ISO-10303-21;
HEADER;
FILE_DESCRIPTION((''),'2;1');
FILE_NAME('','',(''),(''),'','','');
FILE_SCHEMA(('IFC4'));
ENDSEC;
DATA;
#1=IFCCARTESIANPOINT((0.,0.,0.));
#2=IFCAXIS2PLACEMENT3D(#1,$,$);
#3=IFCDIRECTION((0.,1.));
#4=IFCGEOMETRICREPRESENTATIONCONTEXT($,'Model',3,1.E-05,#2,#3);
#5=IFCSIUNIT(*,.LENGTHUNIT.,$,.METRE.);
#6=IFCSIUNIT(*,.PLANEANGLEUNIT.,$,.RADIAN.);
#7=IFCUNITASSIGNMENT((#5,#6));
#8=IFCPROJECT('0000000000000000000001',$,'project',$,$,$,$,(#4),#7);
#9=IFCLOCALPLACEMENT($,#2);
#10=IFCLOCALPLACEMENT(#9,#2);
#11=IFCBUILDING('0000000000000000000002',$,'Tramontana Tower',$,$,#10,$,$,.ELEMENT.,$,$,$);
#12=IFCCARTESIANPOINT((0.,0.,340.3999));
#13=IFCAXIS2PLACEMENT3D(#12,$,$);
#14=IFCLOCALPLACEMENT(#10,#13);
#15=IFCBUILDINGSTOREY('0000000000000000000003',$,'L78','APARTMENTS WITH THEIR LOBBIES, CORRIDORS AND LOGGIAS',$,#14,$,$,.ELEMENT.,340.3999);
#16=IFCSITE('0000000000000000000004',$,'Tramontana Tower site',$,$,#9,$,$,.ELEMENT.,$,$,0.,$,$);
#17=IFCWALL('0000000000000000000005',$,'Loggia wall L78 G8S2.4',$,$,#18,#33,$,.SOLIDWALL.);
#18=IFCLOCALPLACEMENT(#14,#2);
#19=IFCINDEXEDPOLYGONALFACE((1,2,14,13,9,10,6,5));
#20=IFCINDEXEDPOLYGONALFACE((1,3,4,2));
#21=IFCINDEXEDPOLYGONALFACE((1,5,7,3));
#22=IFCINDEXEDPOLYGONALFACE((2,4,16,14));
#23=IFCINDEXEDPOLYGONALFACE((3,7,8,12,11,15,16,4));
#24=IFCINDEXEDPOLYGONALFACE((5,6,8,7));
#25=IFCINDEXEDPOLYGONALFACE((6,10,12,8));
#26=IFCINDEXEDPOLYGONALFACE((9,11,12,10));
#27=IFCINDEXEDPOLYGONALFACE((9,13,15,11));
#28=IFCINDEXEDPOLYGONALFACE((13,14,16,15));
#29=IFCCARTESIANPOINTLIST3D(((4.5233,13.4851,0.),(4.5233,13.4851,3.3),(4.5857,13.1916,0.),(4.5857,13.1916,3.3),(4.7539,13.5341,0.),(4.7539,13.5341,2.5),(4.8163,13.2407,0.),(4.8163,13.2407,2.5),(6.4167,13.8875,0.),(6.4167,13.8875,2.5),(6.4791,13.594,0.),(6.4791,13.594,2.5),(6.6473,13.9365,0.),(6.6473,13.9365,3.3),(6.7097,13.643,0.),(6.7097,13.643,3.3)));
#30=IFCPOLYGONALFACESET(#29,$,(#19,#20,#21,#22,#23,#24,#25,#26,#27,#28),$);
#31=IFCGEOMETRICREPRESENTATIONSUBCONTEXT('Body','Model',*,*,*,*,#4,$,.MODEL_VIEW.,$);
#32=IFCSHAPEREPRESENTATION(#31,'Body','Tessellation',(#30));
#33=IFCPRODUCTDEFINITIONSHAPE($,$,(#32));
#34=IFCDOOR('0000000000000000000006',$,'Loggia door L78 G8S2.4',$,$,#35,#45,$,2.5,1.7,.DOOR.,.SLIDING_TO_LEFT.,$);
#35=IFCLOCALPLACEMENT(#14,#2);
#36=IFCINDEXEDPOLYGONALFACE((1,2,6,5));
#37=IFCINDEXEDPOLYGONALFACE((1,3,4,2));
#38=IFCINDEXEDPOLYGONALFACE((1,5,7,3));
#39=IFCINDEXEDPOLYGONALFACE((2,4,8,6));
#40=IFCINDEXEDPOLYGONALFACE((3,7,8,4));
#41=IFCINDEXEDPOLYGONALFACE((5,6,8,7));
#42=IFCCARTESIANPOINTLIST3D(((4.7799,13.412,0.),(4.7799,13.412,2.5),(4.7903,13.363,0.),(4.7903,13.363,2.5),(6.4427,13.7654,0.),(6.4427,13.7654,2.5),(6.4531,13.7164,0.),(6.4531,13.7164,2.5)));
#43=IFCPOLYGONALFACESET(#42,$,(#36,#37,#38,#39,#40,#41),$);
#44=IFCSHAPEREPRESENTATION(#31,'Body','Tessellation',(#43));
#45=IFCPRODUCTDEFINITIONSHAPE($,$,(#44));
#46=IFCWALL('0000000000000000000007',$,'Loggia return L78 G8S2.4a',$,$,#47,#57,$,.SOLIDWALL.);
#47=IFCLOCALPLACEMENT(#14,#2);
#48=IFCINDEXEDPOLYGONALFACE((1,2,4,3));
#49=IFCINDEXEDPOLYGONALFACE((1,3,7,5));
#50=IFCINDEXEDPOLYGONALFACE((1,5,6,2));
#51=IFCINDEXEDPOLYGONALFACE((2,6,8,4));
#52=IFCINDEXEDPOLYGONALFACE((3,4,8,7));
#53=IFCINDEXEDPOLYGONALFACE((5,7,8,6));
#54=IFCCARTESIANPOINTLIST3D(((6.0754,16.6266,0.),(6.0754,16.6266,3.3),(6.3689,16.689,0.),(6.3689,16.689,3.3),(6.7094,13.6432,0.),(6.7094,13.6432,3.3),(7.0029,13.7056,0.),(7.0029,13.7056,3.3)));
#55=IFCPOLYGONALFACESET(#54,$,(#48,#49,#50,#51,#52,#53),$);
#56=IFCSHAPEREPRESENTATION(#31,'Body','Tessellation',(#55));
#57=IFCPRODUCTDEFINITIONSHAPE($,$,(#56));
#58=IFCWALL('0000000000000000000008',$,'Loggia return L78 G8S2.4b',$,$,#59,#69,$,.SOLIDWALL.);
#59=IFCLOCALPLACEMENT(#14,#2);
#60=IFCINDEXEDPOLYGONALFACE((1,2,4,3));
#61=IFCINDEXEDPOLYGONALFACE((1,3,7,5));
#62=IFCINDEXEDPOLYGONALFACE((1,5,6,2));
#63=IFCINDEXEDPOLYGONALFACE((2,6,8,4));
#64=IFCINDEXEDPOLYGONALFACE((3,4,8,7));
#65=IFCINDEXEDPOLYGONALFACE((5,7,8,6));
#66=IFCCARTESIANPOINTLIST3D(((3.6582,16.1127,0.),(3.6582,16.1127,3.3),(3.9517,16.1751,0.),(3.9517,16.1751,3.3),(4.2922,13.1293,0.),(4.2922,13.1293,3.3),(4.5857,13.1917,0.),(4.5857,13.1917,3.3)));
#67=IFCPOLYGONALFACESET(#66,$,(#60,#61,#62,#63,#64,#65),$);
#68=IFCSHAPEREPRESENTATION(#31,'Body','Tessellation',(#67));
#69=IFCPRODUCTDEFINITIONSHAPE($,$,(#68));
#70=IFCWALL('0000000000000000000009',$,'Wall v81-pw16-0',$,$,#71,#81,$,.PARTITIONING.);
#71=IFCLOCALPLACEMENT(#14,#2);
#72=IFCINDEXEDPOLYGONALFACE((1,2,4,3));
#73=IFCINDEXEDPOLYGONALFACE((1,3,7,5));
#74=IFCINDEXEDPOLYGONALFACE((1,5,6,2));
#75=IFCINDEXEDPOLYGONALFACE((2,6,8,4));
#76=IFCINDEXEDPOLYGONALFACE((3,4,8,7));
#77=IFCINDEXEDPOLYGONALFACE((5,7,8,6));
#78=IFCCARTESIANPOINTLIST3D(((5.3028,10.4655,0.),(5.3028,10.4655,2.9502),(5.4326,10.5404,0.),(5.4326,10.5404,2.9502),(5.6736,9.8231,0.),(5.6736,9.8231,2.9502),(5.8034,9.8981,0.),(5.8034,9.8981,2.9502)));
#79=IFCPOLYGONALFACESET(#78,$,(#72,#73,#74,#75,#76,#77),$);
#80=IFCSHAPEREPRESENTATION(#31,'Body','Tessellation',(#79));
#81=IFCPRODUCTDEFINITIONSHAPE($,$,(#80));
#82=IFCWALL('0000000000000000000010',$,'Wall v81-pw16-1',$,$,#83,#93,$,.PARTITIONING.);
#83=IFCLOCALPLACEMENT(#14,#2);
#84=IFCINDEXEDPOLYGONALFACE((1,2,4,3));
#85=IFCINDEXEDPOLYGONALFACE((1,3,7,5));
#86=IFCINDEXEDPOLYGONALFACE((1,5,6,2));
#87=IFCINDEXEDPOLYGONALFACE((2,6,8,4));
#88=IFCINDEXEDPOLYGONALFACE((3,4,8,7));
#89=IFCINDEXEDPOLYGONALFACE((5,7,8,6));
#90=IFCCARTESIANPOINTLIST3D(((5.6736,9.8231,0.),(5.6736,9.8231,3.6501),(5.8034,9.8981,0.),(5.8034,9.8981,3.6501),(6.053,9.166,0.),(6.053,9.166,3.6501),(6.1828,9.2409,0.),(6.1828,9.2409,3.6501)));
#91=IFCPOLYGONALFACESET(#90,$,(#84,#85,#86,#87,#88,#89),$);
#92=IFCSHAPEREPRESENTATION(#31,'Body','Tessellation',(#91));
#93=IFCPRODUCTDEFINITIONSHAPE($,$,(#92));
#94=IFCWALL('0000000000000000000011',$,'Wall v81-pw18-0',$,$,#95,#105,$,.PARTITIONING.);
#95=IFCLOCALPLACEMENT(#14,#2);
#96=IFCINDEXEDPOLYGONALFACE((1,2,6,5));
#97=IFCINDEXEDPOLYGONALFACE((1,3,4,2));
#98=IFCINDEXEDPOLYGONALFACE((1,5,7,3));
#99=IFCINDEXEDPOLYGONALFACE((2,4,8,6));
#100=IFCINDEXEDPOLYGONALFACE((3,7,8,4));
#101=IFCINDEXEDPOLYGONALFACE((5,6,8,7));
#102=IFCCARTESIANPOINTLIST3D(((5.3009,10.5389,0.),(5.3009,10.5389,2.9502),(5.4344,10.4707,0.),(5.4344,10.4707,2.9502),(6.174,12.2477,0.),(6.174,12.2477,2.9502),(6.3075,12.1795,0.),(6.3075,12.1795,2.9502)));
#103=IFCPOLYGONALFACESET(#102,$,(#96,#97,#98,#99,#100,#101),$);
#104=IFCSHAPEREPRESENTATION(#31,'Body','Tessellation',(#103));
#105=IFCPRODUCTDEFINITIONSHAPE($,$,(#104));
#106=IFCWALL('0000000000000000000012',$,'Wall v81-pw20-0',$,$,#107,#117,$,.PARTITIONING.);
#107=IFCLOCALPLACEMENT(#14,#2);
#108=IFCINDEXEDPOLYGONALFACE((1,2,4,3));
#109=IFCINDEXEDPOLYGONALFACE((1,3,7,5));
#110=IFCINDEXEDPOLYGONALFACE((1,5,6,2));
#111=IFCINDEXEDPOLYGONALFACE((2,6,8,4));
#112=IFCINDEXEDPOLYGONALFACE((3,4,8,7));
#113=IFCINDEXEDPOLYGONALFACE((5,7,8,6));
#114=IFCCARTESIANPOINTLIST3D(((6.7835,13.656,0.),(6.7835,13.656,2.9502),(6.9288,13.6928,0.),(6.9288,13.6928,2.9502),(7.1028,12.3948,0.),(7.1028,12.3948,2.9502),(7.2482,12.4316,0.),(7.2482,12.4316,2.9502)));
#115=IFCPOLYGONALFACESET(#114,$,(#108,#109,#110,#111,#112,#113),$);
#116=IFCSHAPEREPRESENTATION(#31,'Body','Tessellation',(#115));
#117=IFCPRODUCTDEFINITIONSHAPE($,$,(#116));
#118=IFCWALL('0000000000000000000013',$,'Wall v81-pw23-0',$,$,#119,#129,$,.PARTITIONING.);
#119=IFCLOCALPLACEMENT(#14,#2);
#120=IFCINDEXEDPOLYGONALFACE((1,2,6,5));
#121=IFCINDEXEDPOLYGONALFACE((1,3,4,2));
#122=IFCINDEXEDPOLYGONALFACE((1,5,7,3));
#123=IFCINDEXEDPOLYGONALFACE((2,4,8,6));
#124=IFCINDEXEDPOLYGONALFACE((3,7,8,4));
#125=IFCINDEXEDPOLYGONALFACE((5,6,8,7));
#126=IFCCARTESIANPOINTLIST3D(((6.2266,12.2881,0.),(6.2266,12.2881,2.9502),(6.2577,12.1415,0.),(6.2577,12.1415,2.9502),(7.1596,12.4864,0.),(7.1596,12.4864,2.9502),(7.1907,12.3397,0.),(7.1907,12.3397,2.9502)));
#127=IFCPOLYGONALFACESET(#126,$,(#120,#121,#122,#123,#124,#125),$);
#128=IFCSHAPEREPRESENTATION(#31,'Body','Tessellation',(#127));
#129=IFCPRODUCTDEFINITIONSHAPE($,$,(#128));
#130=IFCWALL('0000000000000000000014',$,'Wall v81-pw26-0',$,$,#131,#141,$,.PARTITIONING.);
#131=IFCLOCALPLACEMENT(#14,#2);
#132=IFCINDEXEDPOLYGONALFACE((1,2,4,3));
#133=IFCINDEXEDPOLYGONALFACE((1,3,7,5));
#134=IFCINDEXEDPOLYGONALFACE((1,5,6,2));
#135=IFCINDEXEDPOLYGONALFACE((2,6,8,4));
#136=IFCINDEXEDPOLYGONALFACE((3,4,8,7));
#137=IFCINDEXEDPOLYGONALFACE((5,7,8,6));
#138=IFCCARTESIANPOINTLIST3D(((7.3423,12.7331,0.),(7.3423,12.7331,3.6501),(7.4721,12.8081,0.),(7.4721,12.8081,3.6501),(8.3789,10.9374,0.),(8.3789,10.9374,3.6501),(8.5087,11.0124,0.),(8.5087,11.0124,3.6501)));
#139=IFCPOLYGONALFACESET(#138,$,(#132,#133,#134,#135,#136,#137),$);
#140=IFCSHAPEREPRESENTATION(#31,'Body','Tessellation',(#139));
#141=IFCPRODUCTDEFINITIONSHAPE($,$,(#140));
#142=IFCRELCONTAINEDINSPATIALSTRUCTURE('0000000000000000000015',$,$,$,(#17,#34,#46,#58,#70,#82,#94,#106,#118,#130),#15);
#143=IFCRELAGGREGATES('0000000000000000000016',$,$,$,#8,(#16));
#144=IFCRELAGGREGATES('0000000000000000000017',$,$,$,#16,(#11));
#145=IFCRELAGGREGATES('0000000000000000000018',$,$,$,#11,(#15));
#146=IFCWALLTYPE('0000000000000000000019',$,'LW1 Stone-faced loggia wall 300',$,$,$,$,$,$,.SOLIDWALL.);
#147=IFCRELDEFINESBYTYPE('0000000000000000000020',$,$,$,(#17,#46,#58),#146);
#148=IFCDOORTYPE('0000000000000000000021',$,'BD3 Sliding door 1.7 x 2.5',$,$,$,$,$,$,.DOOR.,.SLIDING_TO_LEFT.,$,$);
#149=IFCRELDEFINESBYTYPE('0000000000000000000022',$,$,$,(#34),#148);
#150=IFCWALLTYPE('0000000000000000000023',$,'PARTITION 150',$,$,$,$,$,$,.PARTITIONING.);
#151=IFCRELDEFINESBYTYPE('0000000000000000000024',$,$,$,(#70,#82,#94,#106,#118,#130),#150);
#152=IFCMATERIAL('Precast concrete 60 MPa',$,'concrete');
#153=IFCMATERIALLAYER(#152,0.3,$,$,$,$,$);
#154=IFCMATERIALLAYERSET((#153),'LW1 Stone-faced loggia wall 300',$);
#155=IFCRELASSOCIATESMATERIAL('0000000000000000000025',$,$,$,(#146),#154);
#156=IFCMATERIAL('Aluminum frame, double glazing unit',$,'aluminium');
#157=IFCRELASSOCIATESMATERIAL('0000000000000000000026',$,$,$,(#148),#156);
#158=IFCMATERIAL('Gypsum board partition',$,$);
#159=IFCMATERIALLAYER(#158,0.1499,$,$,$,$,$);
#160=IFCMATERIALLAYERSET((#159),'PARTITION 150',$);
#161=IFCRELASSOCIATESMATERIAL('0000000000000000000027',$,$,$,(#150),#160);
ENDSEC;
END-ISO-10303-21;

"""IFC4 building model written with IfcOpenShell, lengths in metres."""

from ifc_helpers import new_model, si_unit, direction, frame, frame_2d, origin, place, context, subcontext, project, spatial, rectangle, extrude, material, layer, layer_set, type_object, element, fill, save


model = new_model("IFC4")

# Units and contexts
model_context = context("Model", 3, precision=1e-05, world=origin(), true_north=direction((0.0, 1.0)))
body_context = subcontext(model_context, "Body", "Model", "MODEL_VIEW")
ifc_project = project(units=[si_unit("LENGTHUNIT", "METRE"), si_unit("PLANEANGLEUNIT", "RADIAN")], contexts=[model_context])

# Site, building, storey
site_placement = place(None, origin())
site = spatial("IfcSite", under=ifc_project, at=site_placement, Name="Tramontana Tower site", CompositionType="ELEMENT", RefElevation=0.0)
building_placement = place(site_placement, origin())
building = spatial("IfcBuilding", under=site, at=building_placement, Name="Tramontana Tower", CompositionType="ELEMENT")
storey_placement = place(building_placement, frame((0.0, 0.0, 340.3999)))
storey = spatial("IfcBuildingStorey", under=building, at=storey_placement, Name="L78", Description="APARTMENTS WITH THEIR LOBBIES, CORRIDORS AND LOGGIAS", CompositionType="ELEMENT", Elevation=340.3999)

# Wall, opening, door
ifc_material_1 = material(Name="Precast concrete 60 MPa", Category="concrete")
ifc_layer_1 = layer(ifc_material_1, 0.3)
ifc_layer_set_1 = layer_set([ifc_layer_1], Name="LW1 Stone-faced loggia wall 300")
wall_type_1 = type_object("IfcWallType", Name="LW1 Stone-faced loggia wall 300", PredefinedType="SOLIDWALL", material=ifc_layer_set_1)
wall_1_placement = place(storey_placement, frame((6.6785, 13.7898, 0.0), z_axis=(0.0, 0.0, 1.0), x_axis=(-0.978153, -0.207886, 0.0)))
wall_1 = element("IfcWall", 1, at=wall_1_placement, inside=storey, type_object=wall_type_1, Name="Loggia wall L78 G8S2.4", PredefinedType="SOLIDWALL", context=body_context, shape_type="SweptSolid", body=[
    extrude(rectangle(XDim=2.1714, YDim=0.3, at=frame_2d((1.0857, 0.0))), origin(), (0.0, 0.0, 1.0), 3.3),
])
opening_1_placement = place(wall_1_placement, frame((0.2356, 0.0, 0.0)))
opening_1 = element("IfcOpeningElement", 2, at=opening_1_placement, cuts=wall_1, PredefinedType="OPENING", context=body_context, shape_type="SweptSolid", body=[
    extrude(rectangle(XDim=1.7, YDim=2.5, at=frame_2d((0.8501, 1.25))), frame((0.0, 0.1599, 0.0), z_axis=(0.0, -1.0, 0.0), x_axis=(1.0, 0.0, 0.0)), (0.0, 0.0, 1.0), 0.3201),
])
ifc_material_2 = material(Name="Aluminum frame, double glazing unit", Category="aluminium")
door_type_1 = type_object("IfcDoorType", Name="BD3 Sliding door 1.7 x 2.5", OperationType="SLIDING_TO_LEFT", PredefinedType="DOOR", material=ifc_material_2)
door_1_placement = place(opening_1_placement, origin())
door_1 = element("IfcDoor", 3, at=door_1_placement, inside=storey, type_object=door_type_1, Name="Loggia door L78 G8S2.4", OperationType="SLIDING_TO_LEFT", OverallHeight=2.5, OverallWidth=1.7, PredefinedType="DOOR", context=body_context, shape_type="SweptSolid", body=[
    extrude(rectangle(XDim=1.7, YDim=2.5, at=frame_2d((0.8501, 1.25))), frame((0.0, 0.0249, 0.0), z_axis=(0.0, -1.0, 0.0), x_axis=(1.0, 0.0, 0.0)), (0.0, 0.0, 1.0), 0.05),
])
fill(opening_1, door_1)

# Walls
for number, where, z_axis, x_axis, name in (
    (4, (6.2222, 16.6577, 0.0), (0.0, 0.0, 1.0), (0.207878, -0.978155, 0.0), "Loggia return L78 G8S2.4a"),
    (5, (3.8049, 16.1438, 0.0), (0.0, 0.0, 1.0), (0.207878, -0.978155, 0.0), "Loggia return L78 G8S2.4b"),
):
    element("IfcWall", number, at=place(storey_placement, frame(where, z_axis=z_axis, x_axis=x_axis)), inside=storey, type_object=wall_type_1, Name=name, PredefinedType="SOLIDWALL", context=body_context, shape_type="SweptSolid", body=[
        extrude(rectangle(XDim=3.05, YDim=0.3, at=frame_2d((1.5249, 0.0))), origin(), (0.0, 0.0, 1.0), 3.3),
    ])
ifc_material_3 = material(Name="Gypsum board partition")
ifc_layer_2 = layer(ifc_material_3, 0.1499)
ifc_layer_set_2 = layer_set([ifc_layer_2], Name="PARTITION 150")
wall_type_2 = type_object("IfcWallType", Name="PARTITION 150", PredefinedType="PARTITIONING", material=ifc_layer_set_2)
wall_2_placement = place(storey_placement, frame((5.3677, 10.5029, 0.0), z_axis=(0.0, 0.0, 1.0), x_axis=(0.499998, -0.866027, 0.0)))
element("IfcWall", 6, at=wall_2_placement, inside=storey, type_object=wall_type_2, Name="Wall v81-pw16-0", PredefinedType="PARTITIONING", context=body_context, shape_type="SweptSolid", body=[
    extrude(rectangle(XDim=0.7417, YDim=0.1499, at=frame_2d((0.3708, 0.0))), origin(), (0.0, 0.0, 1.0), 2.9502),
])
wall_3_placement = place(storey_placement, frame((5.7385, 9.8606, 0.0), z_axis=(0.0, 0.0, 1.0), x_axis=(0.499945, -0.866057, 0.0)))
element("IfcWall", 7, at=wall_3_placement, inside=storey, type_object=wall_type_2, Name="Wall v81-pw16-1", PredefinedType="PARTITIONING", context=body_context, shape_type="SweptSolid", body=[
    extrude(rectangle(XDim=0.7588, YDim=0.1499, at=frame_2d((0.3794, 0.0))), origin(), (0.0, 0.0, 1.0), 3.6501),
])
wall_4_placement = place(storey_placement, frame((6.2407, 12.2136, 0.0), z_axis=(0.0, 0.0, 1.0), x_axis=(-0.454983, -0.8905, 0.0)))
element("IfcWall", 8, at=wall_4_placement, inside=storey, type_object=wall_type_2, Name="Wall v81-pw18-0", PredefinedType="PARTITIONING", context=body_context, shape_type="SweptSolid", body=[
    extrude(rectangle(XDim=1.9189, YDim=0.1499, at=frame_2d((0.9595, 0.0))), origin(), (0.0, 0.0, 1.0), 2.9502),
])
wall_5_placement = place(storey_placement, frame((6.8562, 13.6743, 0.0), z_axis=(0.0, 0.0, 1.0), x_axis=(0.245449, -0.96941, 0.0)))
element("IfcWall", 9, at=wall_5_placement, inside=storey, type_object=wall_type_2, Name="Wall v81-pw20-0", PredefinedType="PARTITIONING", context=body_context, shape_type="SweptSolid", body=[
    extrude(rectangle(XDim=1.301, YDim=0.1499, at=frame_2d((0.6504, 0.0))), origin(), (0.0, 0.0, 1.0), 2.9502),
])
wall_6_placement = place(storey_placement, frame((7.1753, 12.4131, 0.0), z_axis=(0.0, 0.0, 1.0), x_axis=(-0.978168, -0.207816, 0.0)))
element("IfcWall", 10, at=wall_6_placement, inside=storey, type_object=wall_type_2, Name="Wall v81-pw23-0", PredefinedType="PARTITIONING", context=body_context, shape_type="SweptSolid", body=[
    extrude(rectangle(XDim=0.9539, YDim=0.1499, at=frame_2d((0.4771, 0.0))), origin(), (0.0, 0.0, 1.0), 2.9502),
])
wall_7_placement = place(storey_placement, frame((7.4072, 12.7705, 0.0), z_axis=(0.0, 0.0, 1.0), x_axis=(0.499964, -0.866046, 0.0)))
element("IfcWall", 11, at=wall_7_placement, inside=storey, type_object=wall_type_2, Name="Wall v81-pw26-0", PredefinedType="PARTITIONING", context=body_context, shape_type="SweptSolid", body=[
    extrude(rectangle(XDim=2.0735, YDim=0.1499, at=frame_2d((1.0366, 0.0))), origin(), (0.0, 0.0, 1.0), 3.6501),
])

save(model, "model.ifc")
